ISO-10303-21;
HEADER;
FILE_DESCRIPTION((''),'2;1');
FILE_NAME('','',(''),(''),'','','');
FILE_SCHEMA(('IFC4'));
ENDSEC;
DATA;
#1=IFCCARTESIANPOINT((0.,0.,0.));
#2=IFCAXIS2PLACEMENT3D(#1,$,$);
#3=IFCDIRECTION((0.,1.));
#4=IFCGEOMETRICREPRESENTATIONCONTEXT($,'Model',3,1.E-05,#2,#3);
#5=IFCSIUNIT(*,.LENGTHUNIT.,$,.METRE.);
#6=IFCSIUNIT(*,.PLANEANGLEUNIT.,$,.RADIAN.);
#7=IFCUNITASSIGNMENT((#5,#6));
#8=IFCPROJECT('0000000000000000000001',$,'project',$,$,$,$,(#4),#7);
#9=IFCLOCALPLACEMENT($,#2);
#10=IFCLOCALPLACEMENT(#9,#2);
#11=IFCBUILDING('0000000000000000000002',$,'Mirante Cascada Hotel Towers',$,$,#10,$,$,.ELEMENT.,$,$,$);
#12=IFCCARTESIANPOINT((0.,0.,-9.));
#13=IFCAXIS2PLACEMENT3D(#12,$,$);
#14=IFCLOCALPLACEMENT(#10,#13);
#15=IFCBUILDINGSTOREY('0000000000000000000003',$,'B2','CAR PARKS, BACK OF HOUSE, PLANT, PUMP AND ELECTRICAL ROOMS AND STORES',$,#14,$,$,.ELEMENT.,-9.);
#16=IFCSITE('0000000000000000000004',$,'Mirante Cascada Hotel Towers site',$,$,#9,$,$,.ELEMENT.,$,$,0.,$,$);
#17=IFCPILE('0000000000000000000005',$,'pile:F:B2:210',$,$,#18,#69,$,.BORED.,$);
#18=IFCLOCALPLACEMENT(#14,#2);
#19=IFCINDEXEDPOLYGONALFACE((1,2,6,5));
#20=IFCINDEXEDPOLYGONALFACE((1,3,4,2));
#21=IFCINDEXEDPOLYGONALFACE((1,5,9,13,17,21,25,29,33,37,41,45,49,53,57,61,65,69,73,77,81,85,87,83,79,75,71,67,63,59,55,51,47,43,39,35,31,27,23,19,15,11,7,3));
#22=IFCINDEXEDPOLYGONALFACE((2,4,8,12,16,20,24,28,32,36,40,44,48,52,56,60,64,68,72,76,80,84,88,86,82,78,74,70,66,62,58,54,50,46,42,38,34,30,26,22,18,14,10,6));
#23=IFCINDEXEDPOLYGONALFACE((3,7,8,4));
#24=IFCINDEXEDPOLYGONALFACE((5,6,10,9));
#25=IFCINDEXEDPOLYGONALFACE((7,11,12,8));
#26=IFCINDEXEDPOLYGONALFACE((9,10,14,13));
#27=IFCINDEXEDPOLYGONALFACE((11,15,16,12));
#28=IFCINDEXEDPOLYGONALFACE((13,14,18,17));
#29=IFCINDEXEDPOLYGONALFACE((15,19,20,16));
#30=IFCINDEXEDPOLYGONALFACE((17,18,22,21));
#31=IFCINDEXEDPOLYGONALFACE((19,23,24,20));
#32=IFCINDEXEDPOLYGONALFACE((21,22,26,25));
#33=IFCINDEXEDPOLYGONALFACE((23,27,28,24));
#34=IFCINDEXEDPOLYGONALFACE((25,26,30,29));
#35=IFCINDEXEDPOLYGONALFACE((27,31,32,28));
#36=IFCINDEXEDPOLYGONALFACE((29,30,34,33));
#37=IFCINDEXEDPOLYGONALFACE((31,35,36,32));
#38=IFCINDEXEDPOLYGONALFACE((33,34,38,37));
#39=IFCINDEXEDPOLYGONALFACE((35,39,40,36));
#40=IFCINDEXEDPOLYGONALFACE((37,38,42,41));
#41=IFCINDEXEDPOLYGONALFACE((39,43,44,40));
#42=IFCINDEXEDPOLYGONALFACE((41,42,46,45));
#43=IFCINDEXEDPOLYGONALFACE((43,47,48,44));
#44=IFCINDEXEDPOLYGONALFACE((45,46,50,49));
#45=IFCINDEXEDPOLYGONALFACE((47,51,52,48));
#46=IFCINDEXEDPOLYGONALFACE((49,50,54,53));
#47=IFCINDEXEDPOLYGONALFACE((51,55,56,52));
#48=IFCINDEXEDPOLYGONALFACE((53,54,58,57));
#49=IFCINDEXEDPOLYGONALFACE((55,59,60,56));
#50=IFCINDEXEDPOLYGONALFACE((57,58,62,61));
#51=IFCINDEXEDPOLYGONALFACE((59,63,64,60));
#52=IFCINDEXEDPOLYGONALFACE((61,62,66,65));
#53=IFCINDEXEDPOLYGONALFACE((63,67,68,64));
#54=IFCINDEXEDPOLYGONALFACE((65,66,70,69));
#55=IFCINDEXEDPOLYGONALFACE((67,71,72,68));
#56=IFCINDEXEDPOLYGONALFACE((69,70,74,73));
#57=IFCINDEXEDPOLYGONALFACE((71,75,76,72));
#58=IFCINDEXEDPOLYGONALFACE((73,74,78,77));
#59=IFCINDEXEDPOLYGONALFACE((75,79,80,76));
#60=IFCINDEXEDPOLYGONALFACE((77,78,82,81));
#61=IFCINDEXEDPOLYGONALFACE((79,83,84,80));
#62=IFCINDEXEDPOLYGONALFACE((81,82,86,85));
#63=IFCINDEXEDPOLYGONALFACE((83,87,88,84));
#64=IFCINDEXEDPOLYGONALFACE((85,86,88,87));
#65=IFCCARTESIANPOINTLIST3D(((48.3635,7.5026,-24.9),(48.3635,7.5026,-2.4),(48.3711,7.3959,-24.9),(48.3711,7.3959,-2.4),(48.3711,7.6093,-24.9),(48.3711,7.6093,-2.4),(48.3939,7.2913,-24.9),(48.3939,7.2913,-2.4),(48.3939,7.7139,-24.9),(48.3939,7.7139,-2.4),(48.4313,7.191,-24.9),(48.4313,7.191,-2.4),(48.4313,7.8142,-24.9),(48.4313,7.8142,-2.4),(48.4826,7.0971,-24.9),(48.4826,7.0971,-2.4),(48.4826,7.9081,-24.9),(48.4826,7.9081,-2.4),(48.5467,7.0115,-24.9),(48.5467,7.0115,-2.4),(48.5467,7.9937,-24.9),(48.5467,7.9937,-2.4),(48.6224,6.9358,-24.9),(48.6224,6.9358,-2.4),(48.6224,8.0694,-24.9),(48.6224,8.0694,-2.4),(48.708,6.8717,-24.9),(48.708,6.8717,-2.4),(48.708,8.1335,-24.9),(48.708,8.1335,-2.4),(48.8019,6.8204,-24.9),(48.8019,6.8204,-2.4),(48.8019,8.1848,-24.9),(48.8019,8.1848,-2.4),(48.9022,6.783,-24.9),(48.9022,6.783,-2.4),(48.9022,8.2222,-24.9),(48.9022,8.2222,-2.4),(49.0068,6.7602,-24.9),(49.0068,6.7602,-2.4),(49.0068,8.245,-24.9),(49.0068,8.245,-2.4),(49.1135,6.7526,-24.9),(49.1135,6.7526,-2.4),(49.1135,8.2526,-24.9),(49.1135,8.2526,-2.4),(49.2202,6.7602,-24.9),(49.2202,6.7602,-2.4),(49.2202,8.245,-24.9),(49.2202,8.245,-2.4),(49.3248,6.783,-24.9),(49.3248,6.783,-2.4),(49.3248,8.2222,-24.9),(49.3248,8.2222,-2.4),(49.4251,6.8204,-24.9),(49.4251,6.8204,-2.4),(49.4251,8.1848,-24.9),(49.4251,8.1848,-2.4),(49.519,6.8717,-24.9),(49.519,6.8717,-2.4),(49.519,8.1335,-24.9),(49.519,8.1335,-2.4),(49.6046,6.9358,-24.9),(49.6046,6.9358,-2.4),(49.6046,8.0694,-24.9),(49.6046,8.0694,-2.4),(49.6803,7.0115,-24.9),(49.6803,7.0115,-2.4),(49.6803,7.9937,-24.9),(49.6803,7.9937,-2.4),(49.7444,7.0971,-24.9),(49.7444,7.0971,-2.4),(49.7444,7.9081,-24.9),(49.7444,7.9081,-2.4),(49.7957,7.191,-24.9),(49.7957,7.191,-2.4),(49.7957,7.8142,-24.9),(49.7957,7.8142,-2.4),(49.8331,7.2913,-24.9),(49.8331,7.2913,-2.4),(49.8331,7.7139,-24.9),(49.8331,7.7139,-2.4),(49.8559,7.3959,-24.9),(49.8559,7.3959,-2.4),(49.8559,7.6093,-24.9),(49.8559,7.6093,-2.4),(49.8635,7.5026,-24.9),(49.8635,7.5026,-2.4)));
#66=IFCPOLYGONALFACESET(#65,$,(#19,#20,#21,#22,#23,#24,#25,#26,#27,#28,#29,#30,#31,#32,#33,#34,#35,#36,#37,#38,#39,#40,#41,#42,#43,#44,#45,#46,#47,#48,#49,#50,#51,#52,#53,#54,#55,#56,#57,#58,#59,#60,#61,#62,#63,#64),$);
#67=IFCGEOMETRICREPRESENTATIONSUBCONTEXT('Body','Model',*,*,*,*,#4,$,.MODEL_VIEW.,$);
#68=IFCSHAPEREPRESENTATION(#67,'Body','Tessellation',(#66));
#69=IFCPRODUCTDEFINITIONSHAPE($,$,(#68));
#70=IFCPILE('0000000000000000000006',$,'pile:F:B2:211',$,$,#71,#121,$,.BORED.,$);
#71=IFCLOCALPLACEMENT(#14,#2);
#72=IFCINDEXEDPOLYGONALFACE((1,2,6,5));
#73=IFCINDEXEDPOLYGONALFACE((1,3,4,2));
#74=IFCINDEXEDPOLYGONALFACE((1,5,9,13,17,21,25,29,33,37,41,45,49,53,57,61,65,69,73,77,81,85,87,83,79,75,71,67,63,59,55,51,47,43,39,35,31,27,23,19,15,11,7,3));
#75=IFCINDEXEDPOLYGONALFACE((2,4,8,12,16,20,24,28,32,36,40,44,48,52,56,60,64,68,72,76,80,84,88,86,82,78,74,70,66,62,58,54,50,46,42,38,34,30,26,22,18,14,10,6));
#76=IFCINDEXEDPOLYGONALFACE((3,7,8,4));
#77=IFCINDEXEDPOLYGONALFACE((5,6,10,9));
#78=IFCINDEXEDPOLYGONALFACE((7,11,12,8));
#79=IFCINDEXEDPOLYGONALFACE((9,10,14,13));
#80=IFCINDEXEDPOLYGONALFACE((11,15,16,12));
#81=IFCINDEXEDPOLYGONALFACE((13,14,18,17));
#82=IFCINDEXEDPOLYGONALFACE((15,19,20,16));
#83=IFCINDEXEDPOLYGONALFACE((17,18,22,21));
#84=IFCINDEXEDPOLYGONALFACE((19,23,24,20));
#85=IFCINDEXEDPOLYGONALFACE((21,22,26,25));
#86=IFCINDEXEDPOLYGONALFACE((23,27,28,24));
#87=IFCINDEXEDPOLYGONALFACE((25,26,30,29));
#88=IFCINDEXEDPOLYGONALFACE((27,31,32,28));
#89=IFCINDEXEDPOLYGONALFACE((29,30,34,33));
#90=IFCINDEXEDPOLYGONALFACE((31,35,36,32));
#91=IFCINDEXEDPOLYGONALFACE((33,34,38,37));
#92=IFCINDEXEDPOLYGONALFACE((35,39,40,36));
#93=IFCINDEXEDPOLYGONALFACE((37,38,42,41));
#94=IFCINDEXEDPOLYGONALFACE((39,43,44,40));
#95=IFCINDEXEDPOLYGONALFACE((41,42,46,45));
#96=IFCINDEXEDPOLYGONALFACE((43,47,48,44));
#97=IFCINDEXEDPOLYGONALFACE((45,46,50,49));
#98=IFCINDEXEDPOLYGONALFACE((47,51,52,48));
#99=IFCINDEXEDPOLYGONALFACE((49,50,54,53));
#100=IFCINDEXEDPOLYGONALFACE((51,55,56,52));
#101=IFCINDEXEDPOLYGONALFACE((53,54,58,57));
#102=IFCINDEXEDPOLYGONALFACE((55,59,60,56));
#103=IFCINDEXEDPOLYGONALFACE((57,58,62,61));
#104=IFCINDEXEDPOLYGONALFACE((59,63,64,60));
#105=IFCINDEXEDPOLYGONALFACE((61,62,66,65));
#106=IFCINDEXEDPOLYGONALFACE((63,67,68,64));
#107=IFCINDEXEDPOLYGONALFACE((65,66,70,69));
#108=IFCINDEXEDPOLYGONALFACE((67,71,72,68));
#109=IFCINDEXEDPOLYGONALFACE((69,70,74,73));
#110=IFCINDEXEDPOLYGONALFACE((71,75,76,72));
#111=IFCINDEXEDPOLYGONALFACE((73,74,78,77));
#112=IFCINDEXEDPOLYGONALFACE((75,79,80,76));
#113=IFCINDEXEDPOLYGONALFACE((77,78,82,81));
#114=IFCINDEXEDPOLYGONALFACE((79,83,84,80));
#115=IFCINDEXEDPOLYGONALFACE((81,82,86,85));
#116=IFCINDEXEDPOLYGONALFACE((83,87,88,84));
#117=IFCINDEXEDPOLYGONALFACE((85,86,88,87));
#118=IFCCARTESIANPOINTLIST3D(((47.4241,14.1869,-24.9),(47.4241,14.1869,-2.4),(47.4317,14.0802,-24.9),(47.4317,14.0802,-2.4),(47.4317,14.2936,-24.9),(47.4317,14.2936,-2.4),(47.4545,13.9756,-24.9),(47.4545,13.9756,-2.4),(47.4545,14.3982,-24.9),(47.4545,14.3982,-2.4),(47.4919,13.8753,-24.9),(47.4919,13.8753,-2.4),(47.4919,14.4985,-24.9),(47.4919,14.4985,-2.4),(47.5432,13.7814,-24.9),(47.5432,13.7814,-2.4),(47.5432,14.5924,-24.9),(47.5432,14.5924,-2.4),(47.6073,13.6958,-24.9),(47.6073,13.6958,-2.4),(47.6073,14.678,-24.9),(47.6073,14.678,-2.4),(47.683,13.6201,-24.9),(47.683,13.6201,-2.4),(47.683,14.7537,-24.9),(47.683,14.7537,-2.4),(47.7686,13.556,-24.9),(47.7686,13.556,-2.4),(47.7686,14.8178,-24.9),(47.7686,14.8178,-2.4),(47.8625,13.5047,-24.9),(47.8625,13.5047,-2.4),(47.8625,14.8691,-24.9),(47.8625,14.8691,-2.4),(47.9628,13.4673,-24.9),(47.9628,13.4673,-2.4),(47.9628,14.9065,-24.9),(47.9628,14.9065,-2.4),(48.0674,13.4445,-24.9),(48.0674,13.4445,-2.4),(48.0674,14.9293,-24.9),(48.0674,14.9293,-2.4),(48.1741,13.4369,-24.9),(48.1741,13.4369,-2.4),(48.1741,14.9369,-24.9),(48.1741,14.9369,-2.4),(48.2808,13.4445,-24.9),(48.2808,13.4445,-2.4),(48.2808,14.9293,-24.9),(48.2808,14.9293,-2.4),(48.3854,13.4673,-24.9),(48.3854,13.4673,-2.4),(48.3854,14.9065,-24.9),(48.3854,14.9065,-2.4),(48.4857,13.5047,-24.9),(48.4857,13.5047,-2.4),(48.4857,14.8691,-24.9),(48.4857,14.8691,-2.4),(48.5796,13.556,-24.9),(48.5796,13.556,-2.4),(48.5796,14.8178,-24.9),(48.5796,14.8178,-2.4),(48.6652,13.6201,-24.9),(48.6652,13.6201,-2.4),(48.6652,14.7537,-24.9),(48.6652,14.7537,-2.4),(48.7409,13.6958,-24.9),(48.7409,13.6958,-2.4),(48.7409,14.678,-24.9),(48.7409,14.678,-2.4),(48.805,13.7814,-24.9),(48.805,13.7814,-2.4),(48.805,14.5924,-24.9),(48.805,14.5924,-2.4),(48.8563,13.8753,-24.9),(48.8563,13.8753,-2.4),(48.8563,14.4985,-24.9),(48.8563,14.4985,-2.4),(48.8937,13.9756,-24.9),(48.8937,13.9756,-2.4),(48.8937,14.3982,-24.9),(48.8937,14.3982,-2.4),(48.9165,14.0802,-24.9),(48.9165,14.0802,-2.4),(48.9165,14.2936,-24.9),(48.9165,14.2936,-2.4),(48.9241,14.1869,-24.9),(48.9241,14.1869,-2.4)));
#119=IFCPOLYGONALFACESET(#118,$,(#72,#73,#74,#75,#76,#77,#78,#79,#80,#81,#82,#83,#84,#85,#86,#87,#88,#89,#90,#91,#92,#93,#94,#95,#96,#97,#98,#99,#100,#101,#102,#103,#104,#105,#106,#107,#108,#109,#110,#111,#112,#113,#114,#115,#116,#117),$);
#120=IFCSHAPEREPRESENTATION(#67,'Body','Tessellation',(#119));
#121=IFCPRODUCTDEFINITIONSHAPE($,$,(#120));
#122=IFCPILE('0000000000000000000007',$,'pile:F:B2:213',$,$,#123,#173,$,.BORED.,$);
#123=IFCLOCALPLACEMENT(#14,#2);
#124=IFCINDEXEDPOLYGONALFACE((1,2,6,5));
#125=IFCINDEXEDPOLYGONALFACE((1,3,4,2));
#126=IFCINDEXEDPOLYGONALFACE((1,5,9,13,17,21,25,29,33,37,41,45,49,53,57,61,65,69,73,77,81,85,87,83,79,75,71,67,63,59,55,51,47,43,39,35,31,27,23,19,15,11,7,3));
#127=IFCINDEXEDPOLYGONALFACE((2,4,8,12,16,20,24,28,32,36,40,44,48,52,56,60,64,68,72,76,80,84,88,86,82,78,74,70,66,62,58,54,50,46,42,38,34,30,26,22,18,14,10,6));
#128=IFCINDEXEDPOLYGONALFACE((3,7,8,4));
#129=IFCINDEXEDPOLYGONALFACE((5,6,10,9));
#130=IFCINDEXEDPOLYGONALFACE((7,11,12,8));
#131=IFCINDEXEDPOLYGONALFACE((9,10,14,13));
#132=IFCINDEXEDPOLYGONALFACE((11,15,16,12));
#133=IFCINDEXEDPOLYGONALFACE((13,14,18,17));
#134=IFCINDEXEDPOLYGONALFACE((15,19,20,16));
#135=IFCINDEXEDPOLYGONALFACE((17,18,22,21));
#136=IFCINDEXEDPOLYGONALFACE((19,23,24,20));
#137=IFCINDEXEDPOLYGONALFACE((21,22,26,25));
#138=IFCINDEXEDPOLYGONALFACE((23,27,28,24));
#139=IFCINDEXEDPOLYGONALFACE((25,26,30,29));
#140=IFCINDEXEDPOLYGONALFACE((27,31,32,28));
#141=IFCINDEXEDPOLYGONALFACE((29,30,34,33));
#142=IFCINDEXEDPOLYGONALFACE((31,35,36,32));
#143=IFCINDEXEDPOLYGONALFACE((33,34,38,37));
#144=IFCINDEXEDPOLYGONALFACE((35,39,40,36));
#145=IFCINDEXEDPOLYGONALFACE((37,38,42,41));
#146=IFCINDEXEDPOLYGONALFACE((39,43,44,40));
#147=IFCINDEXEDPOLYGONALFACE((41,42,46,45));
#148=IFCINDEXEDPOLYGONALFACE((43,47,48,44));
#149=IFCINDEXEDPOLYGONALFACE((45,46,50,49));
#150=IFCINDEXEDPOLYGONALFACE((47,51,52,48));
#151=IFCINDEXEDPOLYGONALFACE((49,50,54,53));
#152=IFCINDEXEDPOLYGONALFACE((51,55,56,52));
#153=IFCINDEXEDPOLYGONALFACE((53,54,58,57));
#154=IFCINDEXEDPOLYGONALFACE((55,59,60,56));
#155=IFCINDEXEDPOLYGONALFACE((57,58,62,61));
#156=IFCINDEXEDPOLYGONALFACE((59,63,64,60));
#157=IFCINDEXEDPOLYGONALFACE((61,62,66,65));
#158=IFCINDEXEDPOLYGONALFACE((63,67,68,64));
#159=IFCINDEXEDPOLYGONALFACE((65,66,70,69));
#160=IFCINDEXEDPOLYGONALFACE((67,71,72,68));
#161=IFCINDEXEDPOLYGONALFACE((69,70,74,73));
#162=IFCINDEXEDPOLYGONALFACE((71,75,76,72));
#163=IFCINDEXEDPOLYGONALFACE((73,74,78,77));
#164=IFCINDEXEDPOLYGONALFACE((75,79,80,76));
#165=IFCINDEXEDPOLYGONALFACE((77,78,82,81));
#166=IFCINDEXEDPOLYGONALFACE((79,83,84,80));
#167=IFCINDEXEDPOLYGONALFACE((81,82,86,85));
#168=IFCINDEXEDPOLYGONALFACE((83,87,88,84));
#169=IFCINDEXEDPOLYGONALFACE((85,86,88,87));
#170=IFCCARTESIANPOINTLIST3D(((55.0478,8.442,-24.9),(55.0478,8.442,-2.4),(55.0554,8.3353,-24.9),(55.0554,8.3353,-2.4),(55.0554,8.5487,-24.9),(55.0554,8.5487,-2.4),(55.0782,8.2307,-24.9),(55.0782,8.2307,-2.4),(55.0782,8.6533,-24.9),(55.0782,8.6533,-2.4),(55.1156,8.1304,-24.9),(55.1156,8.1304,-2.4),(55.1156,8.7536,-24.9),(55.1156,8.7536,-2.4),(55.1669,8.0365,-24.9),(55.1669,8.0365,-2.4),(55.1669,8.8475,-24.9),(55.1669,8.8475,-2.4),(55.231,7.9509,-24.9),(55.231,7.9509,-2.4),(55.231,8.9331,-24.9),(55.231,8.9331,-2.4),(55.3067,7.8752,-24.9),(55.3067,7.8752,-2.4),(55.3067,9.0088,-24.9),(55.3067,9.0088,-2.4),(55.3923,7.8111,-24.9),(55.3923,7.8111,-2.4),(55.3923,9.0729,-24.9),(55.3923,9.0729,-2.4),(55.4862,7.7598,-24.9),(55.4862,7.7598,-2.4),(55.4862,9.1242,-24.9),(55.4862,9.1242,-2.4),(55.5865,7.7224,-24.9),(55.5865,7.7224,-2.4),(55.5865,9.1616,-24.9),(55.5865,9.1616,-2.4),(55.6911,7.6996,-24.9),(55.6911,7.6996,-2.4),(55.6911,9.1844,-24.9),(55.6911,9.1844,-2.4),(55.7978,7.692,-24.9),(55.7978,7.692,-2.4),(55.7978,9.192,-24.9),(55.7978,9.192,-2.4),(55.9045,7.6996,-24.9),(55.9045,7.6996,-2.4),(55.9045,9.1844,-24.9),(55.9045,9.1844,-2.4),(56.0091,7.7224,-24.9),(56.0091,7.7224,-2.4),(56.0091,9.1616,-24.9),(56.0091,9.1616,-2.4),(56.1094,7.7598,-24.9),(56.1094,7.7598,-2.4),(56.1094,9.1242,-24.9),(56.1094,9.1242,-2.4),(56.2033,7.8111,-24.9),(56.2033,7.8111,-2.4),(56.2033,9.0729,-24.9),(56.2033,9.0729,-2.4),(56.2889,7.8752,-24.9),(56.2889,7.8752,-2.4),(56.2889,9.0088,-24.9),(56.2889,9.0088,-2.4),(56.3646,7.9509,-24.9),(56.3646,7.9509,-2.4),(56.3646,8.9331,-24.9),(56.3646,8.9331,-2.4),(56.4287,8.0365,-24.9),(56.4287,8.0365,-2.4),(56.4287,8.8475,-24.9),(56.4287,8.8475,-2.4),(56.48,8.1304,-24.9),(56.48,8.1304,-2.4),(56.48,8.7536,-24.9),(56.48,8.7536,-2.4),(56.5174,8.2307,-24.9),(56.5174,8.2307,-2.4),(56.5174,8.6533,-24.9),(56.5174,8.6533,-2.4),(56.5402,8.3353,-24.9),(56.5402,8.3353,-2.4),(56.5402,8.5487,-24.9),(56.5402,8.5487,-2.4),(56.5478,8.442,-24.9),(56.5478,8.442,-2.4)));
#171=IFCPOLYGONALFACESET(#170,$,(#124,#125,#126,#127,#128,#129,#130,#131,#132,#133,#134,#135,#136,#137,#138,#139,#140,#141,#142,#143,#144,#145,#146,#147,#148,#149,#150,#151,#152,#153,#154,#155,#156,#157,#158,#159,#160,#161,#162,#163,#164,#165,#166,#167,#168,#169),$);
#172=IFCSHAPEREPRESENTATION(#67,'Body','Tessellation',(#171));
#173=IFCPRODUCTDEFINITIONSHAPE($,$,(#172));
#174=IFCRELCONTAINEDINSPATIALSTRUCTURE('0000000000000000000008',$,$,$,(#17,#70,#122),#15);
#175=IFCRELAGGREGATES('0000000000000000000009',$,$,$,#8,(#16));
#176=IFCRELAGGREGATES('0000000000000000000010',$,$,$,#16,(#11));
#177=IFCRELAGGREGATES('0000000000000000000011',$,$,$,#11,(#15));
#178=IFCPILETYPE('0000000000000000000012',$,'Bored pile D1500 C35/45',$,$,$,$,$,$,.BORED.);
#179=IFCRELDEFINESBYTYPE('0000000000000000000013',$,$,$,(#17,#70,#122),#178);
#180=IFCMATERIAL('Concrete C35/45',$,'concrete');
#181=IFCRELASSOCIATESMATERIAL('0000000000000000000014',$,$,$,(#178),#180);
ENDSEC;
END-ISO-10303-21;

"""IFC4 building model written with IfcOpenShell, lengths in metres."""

from ifc_helpers import new_model, si_unit, direction, frame, origin, origin_2d, place, context, subcontext, project, spatial, circle, extrude, material, material_profile, profile_set, type_object, element, save


model = new_model("IFC4")

# Units and contexts
model_context = context("Model", 3, precision=1e-05, world=origin(), true_north=direction((0.0, 1.0)))
body_context = subcontext(model_context, "Body", "Model", "MODEL_VIEW")
ifc_project = project(units=[si_unit("LENGTHUNIT", "METRE"), si_unit("PLANEANGLEUNIT", "RADIAN")], contexts=[model_context])

# Site, building, storey
site_placement = place(None, origin())
site = spatial("IfcSite", under=ifc_project, at=site_placement, Name="Mirante Cascada Hotel Towers site", CompositionType="ELEMENT", RefElevation=0.0)
building_placement = place(site_placement, origin())
building = spatial("IfcBuilding", under=site, at=building_placement, Name="Mirante Cascada Hotel Towers", CompositionType="ELEMENT")
storey_placement = place(building_placement, frame((0.0, 0.0, -9.0)))
storey = spatial("IfcBuildingStorey", under=building, at=storey_placement, Name="B2", Description="CAR PARKS, BACK OF HOUSE, PLANT, PUMP AND ELECTRICAL ROOMS AND STORES", CompositionType="ELEMENT", Elevation=-9.0)

# Piles
ifc_material_1 = material(Name="Concrete C35/45", Category="concrete")
ifc_material_profile_1 = material_profile(ifc_material_1, circle(Radius=0.75, at=origin_2d()), Name="RC D1500")
ifc_profile_set_1 = profile_set([ifc_material_profile_1], Name="Concrete C35/45")
pile_type = type_object("IfcPileType", Name="Bored pile D1500 C35/45", PredefinedType="BORED", material=ifc_profile_set_1)
for number, where, z_axis, x_axis, name in (
    (1, (49.1135, 7.5026, -2.4), (0.0, 0.0, -1.0), (1.0, 0.0, 0.0), "pile:F:B2:210"),
    (2, (48.1741, 14.1869, -2.4), (0.0, 0.0, -1.0), (1.0, 0.0, 0.0), "pile:F:B2:211"),
    (3, (55.7978, 8.442, -2.4), (0.0, 0.0, -1.0), (1.0, 0.0, 0.0), "pile:F:B2:213"),
):
    element("IfcPile", number, at=place(storey_placement, frame(where, z_axis=z_axis, x_axis=x_axis)), inside=storey, type_object=pile_type, Name=name, PredefinedType="BORED", context=body_context, shape_type="SweptSolid", body=[
        extrude(circle(Radius=0.75, at=origin_2d()), origin(), (0.0, 0.0, 1.0), 22.5),
    ])

save(model, "model.ifc")
